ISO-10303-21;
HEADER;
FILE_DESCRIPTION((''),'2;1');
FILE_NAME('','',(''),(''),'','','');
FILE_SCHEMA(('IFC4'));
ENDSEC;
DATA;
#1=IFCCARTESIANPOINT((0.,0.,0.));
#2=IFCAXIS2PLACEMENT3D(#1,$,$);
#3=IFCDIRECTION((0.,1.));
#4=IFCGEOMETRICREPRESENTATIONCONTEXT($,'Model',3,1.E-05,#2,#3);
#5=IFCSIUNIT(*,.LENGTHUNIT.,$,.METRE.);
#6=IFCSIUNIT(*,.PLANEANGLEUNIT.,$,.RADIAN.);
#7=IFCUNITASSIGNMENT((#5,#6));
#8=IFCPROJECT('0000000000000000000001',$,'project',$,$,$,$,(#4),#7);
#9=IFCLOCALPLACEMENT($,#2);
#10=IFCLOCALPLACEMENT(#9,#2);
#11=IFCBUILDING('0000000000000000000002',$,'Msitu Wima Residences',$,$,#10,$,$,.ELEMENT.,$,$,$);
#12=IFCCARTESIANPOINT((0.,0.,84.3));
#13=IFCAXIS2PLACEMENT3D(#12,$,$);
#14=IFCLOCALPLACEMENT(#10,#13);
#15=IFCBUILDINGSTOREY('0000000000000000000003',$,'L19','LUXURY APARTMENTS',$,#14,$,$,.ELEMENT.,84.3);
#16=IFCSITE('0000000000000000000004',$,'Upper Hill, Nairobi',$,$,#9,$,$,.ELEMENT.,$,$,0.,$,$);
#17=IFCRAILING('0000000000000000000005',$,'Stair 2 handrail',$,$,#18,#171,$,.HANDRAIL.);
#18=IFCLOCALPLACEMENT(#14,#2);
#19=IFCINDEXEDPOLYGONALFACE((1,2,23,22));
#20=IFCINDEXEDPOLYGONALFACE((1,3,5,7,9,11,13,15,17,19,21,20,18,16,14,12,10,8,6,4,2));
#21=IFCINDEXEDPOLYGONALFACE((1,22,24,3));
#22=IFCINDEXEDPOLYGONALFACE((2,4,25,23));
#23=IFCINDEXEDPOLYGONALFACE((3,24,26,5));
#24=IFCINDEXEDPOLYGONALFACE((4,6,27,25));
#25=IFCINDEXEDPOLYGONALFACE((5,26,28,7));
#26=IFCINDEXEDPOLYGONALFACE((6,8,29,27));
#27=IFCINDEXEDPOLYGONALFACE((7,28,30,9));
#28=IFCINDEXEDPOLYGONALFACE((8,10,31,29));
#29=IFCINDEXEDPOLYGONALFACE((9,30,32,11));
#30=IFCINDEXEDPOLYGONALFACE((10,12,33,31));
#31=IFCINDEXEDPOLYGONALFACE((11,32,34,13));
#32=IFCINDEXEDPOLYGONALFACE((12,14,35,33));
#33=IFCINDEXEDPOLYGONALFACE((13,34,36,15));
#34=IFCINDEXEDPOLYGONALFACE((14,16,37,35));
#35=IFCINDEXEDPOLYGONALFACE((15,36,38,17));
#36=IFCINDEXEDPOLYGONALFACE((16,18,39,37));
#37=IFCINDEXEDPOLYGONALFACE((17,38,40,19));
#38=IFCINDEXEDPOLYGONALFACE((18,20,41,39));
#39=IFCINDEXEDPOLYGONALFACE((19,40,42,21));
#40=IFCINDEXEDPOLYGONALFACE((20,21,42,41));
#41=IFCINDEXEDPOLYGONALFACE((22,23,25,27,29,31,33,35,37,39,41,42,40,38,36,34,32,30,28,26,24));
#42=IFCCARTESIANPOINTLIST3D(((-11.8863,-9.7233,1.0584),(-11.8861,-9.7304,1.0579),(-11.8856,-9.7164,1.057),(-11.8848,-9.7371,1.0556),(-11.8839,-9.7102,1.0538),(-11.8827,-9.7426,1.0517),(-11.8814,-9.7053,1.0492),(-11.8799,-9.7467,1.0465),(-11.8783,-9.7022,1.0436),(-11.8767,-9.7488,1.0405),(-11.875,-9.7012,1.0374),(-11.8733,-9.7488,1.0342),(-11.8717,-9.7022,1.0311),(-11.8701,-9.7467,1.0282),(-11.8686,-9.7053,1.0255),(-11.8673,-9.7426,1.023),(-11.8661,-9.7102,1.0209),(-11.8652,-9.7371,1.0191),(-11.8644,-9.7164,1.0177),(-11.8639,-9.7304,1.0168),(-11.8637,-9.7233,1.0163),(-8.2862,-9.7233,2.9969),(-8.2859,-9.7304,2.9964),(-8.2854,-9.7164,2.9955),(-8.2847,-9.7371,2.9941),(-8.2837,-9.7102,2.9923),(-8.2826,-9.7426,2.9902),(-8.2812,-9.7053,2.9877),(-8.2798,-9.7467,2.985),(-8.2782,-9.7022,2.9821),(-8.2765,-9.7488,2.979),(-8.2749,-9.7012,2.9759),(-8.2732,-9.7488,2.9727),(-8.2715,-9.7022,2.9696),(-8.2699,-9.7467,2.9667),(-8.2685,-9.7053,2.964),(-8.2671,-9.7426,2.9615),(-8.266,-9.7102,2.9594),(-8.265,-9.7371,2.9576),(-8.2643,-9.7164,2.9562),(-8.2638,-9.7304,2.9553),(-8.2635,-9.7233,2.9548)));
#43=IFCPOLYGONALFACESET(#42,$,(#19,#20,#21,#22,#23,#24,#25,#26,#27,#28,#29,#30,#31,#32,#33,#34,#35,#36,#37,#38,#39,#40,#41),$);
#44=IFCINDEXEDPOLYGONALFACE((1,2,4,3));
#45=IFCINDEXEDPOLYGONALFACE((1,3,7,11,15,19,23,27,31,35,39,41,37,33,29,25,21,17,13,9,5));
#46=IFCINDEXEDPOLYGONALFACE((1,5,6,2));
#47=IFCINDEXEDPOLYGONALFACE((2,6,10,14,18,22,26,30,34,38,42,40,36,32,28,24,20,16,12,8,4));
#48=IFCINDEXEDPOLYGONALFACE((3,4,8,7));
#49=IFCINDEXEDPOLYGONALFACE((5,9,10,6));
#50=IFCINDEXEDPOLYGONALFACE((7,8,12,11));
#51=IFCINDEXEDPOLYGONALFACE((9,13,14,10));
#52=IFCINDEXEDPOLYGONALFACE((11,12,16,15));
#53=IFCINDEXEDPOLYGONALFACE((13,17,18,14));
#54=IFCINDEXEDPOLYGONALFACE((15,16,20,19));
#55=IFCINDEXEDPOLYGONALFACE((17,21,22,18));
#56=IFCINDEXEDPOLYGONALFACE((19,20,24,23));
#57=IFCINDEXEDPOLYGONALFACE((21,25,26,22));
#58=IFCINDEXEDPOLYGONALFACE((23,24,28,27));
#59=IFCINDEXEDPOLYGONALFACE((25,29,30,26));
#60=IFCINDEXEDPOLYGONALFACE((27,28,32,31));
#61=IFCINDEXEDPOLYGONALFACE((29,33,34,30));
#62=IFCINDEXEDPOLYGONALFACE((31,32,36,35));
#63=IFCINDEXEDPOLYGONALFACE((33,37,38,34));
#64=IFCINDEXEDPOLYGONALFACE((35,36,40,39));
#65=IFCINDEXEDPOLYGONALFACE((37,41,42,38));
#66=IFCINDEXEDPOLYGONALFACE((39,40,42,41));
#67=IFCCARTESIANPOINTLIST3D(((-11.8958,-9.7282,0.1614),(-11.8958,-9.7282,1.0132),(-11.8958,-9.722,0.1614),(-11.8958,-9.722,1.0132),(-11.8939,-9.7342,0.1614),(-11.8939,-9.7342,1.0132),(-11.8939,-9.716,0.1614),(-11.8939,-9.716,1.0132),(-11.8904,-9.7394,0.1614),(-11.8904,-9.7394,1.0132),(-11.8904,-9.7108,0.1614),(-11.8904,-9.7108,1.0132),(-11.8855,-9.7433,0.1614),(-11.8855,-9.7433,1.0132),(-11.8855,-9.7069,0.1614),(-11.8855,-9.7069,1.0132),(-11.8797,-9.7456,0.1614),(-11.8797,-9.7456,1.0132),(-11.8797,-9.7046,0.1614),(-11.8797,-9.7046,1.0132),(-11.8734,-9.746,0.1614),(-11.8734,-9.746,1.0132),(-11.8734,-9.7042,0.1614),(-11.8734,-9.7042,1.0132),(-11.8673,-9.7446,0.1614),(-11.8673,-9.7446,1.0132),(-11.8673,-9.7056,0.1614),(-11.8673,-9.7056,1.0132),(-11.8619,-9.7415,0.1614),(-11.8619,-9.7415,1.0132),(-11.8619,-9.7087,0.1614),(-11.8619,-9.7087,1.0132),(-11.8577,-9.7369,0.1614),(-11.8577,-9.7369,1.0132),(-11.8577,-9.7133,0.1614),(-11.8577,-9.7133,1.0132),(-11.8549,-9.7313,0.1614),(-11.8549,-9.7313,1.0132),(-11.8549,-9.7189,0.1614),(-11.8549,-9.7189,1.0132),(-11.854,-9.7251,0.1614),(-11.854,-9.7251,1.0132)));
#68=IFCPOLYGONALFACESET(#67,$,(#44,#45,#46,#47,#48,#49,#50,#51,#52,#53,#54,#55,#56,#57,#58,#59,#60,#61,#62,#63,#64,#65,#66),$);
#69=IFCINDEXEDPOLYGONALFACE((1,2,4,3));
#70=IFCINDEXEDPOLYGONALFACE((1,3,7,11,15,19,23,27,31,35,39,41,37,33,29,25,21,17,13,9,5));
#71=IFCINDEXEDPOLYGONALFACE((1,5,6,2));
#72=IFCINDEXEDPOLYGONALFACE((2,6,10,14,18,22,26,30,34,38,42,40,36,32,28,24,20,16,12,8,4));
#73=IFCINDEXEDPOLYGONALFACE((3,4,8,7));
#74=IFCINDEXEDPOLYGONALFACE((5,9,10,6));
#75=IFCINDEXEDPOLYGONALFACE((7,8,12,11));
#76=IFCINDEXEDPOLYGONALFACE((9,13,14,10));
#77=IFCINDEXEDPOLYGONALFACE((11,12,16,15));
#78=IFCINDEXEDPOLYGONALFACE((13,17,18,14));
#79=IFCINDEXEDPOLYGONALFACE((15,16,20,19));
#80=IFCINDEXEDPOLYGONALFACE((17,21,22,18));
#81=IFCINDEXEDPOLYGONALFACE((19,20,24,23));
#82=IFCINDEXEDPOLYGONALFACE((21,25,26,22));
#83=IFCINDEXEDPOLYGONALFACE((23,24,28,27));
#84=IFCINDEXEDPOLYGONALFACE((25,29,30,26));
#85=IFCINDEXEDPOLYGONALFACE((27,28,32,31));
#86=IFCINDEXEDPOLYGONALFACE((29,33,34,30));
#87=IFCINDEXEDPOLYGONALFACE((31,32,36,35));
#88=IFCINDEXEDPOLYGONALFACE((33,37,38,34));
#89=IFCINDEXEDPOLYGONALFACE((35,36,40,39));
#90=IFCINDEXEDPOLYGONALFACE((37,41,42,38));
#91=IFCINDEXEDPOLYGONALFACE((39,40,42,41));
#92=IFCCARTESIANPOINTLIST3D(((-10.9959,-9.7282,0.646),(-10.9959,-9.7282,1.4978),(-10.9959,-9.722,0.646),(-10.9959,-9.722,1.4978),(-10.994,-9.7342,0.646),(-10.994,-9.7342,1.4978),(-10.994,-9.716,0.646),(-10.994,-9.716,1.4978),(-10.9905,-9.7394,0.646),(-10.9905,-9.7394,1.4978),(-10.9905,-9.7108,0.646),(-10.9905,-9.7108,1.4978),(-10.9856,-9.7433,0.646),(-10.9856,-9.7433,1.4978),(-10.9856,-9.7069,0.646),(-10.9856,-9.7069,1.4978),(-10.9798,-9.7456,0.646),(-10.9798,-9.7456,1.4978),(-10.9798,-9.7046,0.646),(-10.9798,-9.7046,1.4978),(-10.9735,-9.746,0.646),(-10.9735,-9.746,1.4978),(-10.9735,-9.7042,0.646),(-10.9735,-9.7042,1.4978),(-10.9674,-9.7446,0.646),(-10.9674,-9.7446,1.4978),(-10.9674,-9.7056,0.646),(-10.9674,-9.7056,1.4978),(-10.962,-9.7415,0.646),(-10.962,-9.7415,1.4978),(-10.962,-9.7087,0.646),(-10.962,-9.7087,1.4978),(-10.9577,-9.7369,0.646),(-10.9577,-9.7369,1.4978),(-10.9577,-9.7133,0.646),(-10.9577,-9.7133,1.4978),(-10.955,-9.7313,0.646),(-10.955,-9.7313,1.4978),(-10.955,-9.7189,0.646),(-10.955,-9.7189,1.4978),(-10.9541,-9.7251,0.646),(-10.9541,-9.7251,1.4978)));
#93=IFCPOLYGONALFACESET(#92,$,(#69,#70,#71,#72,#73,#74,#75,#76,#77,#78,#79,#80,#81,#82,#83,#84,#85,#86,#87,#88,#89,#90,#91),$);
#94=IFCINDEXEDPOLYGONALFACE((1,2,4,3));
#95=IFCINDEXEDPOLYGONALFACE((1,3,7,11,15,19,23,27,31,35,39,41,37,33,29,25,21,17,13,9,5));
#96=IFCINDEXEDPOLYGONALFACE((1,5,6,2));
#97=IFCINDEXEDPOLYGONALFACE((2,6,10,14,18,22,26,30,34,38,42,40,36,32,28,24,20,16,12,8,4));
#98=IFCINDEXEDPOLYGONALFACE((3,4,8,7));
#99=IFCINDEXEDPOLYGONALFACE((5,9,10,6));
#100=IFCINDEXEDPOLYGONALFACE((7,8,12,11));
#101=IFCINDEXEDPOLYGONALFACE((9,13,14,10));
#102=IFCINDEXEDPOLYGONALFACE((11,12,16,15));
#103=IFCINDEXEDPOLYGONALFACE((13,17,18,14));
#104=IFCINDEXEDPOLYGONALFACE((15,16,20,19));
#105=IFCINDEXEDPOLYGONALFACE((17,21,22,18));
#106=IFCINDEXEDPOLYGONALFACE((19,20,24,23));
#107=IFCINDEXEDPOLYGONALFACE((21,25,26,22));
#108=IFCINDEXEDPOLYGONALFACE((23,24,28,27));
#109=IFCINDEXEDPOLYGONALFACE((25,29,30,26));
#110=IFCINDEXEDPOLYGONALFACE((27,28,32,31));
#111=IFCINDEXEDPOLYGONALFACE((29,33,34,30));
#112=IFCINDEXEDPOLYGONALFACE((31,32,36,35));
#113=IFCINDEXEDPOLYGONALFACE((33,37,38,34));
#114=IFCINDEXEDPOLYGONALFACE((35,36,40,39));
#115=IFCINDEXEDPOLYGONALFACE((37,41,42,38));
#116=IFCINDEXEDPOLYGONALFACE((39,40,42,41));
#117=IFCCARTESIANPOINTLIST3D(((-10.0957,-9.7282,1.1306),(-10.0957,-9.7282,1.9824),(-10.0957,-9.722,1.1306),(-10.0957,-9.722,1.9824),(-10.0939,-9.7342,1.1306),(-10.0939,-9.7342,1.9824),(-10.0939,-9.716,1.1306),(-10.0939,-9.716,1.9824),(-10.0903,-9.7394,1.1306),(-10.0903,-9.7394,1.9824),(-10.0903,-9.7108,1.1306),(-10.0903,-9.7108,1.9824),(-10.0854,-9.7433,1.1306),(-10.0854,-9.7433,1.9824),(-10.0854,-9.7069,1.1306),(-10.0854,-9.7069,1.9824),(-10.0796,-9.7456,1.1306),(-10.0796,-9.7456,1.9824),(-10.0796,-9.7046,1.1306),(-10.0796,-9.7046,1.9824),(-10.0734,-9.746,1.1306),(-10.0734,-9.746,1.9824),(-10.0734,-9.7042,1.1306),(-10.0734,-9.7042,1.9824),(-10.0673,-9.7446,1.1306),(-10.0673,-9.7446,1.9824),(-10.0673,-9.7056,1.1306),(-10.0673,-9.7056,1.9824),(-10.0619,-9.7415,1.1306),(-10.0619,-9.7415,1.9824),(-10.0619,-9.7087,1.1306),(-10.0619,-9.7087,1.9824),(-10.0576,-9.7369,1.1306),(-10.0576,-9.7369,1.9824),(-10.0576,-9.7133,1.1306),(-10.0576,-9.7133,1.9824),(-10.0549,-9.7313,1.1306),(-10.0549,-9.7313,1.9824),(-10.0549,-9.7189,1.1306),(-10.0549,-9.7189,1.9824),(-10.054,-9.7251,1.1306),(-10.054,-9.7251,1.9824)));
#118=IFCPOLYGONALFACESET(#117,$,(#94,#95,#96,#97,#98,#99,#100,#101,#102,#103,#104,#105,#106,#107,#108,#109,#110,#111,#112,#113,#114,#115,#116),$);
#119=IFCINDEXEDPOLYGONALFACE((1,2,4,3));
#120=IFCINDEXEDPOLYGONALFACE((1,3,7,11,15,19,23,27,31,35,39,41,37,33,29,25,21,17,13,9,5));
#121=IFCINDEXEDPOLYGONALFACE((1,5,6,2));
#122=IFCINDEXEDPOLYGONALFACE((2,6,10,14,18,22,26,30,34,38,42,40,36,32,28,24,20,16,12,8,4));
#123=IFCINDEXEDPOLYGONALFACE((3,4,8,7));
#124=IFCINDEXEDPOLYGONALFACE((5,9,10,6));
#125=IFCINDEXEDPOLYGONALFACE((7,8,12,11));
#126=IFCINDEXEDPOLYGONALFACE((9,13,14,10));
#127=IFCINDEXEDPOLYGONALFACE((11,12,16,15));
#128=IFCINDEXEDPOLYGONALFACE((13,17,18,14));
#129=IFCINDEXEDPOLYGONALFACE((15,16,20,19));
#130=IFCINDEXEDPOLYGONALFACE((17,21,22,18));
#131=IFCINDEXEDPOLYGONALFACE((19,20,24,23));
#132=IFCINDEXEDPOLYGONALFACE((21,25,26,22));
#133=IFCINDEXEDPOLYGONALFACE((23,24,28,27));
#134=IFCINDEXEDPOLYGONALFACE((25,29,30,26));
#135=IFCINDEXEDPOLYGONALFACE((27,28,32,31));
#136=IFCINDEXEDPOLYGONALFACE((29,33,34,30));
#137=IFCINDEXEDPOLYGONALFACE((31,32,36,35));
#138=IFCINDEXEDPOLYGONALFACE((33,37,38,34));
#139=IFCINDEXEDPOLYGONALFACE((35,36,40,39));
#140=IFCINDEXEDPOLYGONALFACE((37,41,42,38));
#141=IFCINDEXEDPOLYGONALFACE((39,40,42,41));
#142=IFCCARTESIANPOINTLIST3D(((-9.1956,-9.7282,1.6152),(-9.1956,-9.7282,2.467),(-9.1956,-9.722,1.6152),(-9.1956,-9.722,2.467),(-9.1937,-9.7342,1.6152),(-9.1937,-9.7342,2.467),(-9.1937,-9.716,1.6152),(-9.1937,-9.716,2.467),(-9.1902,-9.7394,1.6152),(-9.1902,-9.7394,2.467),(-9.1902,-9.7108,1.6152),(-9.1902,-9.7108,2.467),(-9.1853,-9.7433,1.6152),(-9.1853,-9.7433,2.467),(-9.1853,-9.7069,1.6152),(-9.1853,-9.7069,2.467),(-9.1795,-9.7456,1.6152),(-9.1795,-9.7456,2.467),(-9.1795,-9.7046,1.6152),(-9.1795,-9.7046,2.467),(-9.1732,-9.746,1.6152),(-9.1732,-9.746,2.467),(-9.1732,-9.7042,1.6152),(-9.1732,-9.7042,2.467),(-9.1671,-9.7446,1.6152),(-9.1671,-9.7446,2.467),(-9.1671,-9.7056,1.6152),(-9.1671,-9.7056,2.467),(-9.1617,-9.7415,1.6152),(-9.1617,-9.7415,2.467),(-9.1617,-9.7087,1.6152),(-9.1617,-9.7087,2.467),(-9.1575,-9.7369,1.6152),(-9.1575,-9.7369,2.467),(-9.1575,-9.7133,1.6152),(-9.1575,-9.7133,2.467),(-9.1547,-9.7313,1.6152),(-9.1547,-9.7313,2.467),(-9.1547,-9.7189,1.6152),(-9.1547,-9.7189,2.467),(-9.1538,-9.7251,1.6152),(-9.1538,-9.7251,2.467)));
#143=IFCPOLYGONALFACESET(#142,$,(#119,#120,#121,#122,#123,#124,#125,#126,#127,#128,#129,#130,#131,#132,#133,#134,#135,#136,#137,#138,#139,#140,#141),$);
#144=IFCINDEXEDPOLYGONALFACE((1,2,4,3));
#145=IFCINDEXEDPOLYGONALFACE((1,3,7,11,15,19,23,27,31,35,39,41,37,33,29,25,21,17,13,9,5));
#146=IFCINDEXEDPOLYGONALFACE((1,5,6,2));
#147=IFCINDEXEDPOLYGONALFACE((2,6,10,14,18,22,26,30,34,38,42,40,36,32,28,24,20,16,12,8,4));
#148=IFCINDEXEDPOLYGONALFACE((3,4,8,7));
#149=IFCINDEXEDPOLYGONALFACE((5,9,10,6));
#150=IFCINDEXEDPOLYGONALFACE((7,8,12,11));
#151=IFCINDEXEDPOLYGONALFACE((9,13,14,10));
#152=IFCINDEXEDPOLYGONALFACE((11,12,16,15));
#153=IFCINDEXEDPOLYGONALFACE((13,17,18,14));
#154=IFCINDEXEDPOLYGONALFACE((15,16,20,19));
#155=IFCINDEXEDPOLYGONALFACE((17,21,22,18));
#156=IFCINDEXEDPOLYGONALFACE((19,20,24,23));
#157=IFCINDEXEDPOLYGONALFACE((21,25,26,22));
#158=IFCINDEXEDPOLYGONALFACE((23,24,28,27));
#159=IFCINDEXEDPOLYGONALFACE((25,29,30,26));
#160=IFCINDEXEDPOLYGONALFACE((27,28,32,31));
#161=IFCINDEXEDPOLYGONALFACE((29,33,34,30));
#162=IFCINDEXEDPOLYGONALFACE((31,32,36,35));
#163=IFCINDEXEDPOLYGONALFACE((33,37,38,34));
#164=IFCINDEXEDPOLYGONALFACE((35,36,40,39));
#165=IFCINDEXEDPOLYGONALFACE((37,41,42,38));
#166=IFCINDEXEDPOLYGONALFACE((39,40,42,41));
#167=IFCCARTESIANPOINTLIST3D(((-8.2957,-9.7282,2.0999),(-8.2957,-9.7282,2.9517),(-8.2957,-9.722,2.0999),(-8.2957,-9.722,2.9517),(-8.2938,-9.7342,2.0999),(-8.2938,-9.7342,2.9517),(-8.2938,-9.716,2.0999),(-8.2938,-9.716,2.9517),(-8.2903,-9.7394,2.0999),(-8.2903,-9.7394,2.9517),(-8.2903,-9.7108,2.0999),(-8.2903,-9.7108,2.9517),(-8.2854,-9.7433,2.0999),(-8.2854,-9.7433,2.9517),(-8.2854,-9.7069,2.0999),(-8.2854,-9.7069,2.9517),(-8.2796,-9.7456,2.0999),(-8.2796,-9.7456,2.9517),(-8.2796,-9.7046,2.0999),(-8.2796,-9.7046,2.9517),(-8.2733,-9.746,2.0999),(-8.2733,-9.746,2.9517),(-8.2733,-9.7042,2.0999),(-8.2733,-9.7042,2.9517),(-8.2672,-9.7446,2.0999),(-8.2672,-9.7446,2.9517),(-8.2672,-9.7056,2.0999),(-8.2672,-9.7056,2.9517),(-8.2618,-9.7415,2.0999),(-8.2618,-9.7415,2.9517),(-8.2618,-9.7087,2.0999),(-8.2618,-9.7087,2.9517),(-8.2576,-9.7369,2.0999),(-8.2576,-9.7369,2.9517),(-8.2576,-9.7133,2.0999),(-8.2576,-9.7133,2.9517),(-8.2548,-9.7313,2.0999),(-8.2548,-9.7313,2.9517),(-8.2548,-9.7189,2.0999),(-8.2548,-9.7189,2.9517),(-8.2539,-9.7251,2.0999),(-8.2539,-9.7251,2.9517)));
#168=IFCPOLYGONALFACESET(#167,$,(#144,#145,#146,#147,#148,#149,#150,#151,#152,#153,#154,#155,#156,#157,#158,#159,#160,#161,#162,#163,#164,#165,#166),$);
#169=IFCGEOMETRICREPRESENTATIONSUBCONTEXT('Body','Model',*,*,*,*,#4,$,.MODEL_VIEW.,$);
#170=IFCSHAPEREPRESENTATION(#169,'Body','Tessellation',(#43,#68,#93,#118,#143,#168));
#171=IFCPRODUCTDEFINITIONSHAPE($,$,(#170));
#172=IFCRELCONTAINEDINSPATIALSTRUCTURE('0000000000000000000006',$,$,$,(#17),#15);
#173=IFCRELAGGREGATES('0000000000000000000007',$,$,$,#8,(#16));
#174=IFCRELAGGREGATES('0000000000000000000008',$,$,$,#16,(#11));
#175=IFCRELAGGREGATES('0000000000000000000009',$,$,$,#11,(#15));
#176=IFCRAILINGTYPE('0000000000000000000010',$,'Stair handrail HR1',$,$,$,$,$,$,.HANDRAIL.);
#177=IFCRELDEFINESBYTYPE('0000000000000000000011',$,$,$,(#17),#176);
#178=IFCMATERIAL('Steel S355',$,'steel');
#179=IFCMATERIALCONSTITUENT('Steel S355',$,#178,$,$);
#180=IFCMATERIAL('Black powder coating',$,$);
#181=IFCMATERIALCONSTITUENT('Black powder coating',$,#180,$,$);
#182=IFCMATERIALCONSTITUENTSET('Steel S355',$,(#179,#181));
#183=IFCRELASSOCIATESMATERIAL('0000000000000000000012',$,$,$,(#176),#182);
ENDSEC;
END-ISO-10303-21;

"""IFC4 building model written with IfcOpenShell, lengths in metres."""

from ifc_helpers import new_model, si_unit, direction, frame, origin, origin_2d, place, context, subcontext, project, spatial, circle, extrude, material, constituent, constituent_set, type_object, element, save


model = new_model("IFC4")

# Units and contexts
model_context = context("Model", 3, precision=1e-05, world=origin(), true_north=direction((0.0, 1.0)))
body_context = subcontext(model_context, "Body", "Model", "MODEL_VIEW")
ifc_project = project(units=[si_unit("LENGTHUNIT", "METRE"), si_unit("PLANEANGLEUNIT", "RADIAN")], contexts=[model_context])

# Site, building, storey
site_placement = place(None, origin())
site = spatial("IfcSite", under=ifc_project, at=site_placement, Name="Upper Hill, Nairobi", CompositionType="ELEMENT", RefElevation=0.0)
building_placement = place(site_placement, origin())
building = spatial("IfcBuilding", under=site, at=building_placement, Name="Msitu Wima Residences", CompositionType="ELEMENT")
storey_placement = place(building_placement, frame((0.0, 0.0, 84.3)))
storey = spatial("IfcBuildingStorey", under=building, at=storey_placement, Name="L19", Description="LUXURY APARTMENTS", CompositionType="ELEMENT", Elevation=84.3)

# Railing
ifc_material_1 = material(Name="Steel S355", Category="steel")
ifc_constituent_1 = constituent(ifc_material_1, Name="Steel S355")
ifc_material_2 = material(Name="Black powder coating")
ifc_constituent_2 = constituent(ifc_material_2, Name="Black powder coating")
ifc_constituent_set = constituent_set(constituents=[ifc_constituent_1, ifc_constituent_2], Name="Steel S355")
railing_type = type_object("IfcRailingType", Name="Stair handrail HR1", PredefinedType="HANDRAIL", material=ifc_constituent_set)
for number, where, name in (
    (1, (-11.875, -9.7251, 0.1614), "Stair 2 handrail"),
):
    element("IfcRailing", number, at=place(storey_placement, frame(where)), inside=storey, type_object=railing_type, Name=name, PredefinedType="HANDRAIL", context=body_context, shape_type="SweptSolid", body=[
        extrude(circle(Radius=0.0239, at=origin_2d()), frame((0.0, 0.0, 0.876), z_axis=(0.880475, 0.0, 0.474093), x_axis=(0.0, 1.0, 0.0)), (0.0, 0.0, 1.0), 4.0889),
        extrude(circle(Radius=0.021, at=origin_2d()), origin(), (0.0, 0.0, 1.0), 0.8518),
        extrude(circle(Radius=0.021, at=origin_2d()), frame((0.8999, 0.0, 0.4846)), (0.0, 0.0, 1.0), 0.8518),
        extrude(circle(Radius=0.021, at=origin_2d()), frame((1.8, 0.0, 0.9692)), (0.0, 0.0, 1.0), 0.8518),
        extrude(circle(Radius=0.021, at=origin_2d()), frame((2.7002, 0.0, 1.4539)), (0.0, 0.0, 1.0), 0.8518),
        extrude(circle(Radius=0.021, at=origin_2d()), frame((3.6001, 0.0, 1.9385)), (0.0, 0.0, 1.0), 0.8518),
    ])

save(model, "model.ifc")
